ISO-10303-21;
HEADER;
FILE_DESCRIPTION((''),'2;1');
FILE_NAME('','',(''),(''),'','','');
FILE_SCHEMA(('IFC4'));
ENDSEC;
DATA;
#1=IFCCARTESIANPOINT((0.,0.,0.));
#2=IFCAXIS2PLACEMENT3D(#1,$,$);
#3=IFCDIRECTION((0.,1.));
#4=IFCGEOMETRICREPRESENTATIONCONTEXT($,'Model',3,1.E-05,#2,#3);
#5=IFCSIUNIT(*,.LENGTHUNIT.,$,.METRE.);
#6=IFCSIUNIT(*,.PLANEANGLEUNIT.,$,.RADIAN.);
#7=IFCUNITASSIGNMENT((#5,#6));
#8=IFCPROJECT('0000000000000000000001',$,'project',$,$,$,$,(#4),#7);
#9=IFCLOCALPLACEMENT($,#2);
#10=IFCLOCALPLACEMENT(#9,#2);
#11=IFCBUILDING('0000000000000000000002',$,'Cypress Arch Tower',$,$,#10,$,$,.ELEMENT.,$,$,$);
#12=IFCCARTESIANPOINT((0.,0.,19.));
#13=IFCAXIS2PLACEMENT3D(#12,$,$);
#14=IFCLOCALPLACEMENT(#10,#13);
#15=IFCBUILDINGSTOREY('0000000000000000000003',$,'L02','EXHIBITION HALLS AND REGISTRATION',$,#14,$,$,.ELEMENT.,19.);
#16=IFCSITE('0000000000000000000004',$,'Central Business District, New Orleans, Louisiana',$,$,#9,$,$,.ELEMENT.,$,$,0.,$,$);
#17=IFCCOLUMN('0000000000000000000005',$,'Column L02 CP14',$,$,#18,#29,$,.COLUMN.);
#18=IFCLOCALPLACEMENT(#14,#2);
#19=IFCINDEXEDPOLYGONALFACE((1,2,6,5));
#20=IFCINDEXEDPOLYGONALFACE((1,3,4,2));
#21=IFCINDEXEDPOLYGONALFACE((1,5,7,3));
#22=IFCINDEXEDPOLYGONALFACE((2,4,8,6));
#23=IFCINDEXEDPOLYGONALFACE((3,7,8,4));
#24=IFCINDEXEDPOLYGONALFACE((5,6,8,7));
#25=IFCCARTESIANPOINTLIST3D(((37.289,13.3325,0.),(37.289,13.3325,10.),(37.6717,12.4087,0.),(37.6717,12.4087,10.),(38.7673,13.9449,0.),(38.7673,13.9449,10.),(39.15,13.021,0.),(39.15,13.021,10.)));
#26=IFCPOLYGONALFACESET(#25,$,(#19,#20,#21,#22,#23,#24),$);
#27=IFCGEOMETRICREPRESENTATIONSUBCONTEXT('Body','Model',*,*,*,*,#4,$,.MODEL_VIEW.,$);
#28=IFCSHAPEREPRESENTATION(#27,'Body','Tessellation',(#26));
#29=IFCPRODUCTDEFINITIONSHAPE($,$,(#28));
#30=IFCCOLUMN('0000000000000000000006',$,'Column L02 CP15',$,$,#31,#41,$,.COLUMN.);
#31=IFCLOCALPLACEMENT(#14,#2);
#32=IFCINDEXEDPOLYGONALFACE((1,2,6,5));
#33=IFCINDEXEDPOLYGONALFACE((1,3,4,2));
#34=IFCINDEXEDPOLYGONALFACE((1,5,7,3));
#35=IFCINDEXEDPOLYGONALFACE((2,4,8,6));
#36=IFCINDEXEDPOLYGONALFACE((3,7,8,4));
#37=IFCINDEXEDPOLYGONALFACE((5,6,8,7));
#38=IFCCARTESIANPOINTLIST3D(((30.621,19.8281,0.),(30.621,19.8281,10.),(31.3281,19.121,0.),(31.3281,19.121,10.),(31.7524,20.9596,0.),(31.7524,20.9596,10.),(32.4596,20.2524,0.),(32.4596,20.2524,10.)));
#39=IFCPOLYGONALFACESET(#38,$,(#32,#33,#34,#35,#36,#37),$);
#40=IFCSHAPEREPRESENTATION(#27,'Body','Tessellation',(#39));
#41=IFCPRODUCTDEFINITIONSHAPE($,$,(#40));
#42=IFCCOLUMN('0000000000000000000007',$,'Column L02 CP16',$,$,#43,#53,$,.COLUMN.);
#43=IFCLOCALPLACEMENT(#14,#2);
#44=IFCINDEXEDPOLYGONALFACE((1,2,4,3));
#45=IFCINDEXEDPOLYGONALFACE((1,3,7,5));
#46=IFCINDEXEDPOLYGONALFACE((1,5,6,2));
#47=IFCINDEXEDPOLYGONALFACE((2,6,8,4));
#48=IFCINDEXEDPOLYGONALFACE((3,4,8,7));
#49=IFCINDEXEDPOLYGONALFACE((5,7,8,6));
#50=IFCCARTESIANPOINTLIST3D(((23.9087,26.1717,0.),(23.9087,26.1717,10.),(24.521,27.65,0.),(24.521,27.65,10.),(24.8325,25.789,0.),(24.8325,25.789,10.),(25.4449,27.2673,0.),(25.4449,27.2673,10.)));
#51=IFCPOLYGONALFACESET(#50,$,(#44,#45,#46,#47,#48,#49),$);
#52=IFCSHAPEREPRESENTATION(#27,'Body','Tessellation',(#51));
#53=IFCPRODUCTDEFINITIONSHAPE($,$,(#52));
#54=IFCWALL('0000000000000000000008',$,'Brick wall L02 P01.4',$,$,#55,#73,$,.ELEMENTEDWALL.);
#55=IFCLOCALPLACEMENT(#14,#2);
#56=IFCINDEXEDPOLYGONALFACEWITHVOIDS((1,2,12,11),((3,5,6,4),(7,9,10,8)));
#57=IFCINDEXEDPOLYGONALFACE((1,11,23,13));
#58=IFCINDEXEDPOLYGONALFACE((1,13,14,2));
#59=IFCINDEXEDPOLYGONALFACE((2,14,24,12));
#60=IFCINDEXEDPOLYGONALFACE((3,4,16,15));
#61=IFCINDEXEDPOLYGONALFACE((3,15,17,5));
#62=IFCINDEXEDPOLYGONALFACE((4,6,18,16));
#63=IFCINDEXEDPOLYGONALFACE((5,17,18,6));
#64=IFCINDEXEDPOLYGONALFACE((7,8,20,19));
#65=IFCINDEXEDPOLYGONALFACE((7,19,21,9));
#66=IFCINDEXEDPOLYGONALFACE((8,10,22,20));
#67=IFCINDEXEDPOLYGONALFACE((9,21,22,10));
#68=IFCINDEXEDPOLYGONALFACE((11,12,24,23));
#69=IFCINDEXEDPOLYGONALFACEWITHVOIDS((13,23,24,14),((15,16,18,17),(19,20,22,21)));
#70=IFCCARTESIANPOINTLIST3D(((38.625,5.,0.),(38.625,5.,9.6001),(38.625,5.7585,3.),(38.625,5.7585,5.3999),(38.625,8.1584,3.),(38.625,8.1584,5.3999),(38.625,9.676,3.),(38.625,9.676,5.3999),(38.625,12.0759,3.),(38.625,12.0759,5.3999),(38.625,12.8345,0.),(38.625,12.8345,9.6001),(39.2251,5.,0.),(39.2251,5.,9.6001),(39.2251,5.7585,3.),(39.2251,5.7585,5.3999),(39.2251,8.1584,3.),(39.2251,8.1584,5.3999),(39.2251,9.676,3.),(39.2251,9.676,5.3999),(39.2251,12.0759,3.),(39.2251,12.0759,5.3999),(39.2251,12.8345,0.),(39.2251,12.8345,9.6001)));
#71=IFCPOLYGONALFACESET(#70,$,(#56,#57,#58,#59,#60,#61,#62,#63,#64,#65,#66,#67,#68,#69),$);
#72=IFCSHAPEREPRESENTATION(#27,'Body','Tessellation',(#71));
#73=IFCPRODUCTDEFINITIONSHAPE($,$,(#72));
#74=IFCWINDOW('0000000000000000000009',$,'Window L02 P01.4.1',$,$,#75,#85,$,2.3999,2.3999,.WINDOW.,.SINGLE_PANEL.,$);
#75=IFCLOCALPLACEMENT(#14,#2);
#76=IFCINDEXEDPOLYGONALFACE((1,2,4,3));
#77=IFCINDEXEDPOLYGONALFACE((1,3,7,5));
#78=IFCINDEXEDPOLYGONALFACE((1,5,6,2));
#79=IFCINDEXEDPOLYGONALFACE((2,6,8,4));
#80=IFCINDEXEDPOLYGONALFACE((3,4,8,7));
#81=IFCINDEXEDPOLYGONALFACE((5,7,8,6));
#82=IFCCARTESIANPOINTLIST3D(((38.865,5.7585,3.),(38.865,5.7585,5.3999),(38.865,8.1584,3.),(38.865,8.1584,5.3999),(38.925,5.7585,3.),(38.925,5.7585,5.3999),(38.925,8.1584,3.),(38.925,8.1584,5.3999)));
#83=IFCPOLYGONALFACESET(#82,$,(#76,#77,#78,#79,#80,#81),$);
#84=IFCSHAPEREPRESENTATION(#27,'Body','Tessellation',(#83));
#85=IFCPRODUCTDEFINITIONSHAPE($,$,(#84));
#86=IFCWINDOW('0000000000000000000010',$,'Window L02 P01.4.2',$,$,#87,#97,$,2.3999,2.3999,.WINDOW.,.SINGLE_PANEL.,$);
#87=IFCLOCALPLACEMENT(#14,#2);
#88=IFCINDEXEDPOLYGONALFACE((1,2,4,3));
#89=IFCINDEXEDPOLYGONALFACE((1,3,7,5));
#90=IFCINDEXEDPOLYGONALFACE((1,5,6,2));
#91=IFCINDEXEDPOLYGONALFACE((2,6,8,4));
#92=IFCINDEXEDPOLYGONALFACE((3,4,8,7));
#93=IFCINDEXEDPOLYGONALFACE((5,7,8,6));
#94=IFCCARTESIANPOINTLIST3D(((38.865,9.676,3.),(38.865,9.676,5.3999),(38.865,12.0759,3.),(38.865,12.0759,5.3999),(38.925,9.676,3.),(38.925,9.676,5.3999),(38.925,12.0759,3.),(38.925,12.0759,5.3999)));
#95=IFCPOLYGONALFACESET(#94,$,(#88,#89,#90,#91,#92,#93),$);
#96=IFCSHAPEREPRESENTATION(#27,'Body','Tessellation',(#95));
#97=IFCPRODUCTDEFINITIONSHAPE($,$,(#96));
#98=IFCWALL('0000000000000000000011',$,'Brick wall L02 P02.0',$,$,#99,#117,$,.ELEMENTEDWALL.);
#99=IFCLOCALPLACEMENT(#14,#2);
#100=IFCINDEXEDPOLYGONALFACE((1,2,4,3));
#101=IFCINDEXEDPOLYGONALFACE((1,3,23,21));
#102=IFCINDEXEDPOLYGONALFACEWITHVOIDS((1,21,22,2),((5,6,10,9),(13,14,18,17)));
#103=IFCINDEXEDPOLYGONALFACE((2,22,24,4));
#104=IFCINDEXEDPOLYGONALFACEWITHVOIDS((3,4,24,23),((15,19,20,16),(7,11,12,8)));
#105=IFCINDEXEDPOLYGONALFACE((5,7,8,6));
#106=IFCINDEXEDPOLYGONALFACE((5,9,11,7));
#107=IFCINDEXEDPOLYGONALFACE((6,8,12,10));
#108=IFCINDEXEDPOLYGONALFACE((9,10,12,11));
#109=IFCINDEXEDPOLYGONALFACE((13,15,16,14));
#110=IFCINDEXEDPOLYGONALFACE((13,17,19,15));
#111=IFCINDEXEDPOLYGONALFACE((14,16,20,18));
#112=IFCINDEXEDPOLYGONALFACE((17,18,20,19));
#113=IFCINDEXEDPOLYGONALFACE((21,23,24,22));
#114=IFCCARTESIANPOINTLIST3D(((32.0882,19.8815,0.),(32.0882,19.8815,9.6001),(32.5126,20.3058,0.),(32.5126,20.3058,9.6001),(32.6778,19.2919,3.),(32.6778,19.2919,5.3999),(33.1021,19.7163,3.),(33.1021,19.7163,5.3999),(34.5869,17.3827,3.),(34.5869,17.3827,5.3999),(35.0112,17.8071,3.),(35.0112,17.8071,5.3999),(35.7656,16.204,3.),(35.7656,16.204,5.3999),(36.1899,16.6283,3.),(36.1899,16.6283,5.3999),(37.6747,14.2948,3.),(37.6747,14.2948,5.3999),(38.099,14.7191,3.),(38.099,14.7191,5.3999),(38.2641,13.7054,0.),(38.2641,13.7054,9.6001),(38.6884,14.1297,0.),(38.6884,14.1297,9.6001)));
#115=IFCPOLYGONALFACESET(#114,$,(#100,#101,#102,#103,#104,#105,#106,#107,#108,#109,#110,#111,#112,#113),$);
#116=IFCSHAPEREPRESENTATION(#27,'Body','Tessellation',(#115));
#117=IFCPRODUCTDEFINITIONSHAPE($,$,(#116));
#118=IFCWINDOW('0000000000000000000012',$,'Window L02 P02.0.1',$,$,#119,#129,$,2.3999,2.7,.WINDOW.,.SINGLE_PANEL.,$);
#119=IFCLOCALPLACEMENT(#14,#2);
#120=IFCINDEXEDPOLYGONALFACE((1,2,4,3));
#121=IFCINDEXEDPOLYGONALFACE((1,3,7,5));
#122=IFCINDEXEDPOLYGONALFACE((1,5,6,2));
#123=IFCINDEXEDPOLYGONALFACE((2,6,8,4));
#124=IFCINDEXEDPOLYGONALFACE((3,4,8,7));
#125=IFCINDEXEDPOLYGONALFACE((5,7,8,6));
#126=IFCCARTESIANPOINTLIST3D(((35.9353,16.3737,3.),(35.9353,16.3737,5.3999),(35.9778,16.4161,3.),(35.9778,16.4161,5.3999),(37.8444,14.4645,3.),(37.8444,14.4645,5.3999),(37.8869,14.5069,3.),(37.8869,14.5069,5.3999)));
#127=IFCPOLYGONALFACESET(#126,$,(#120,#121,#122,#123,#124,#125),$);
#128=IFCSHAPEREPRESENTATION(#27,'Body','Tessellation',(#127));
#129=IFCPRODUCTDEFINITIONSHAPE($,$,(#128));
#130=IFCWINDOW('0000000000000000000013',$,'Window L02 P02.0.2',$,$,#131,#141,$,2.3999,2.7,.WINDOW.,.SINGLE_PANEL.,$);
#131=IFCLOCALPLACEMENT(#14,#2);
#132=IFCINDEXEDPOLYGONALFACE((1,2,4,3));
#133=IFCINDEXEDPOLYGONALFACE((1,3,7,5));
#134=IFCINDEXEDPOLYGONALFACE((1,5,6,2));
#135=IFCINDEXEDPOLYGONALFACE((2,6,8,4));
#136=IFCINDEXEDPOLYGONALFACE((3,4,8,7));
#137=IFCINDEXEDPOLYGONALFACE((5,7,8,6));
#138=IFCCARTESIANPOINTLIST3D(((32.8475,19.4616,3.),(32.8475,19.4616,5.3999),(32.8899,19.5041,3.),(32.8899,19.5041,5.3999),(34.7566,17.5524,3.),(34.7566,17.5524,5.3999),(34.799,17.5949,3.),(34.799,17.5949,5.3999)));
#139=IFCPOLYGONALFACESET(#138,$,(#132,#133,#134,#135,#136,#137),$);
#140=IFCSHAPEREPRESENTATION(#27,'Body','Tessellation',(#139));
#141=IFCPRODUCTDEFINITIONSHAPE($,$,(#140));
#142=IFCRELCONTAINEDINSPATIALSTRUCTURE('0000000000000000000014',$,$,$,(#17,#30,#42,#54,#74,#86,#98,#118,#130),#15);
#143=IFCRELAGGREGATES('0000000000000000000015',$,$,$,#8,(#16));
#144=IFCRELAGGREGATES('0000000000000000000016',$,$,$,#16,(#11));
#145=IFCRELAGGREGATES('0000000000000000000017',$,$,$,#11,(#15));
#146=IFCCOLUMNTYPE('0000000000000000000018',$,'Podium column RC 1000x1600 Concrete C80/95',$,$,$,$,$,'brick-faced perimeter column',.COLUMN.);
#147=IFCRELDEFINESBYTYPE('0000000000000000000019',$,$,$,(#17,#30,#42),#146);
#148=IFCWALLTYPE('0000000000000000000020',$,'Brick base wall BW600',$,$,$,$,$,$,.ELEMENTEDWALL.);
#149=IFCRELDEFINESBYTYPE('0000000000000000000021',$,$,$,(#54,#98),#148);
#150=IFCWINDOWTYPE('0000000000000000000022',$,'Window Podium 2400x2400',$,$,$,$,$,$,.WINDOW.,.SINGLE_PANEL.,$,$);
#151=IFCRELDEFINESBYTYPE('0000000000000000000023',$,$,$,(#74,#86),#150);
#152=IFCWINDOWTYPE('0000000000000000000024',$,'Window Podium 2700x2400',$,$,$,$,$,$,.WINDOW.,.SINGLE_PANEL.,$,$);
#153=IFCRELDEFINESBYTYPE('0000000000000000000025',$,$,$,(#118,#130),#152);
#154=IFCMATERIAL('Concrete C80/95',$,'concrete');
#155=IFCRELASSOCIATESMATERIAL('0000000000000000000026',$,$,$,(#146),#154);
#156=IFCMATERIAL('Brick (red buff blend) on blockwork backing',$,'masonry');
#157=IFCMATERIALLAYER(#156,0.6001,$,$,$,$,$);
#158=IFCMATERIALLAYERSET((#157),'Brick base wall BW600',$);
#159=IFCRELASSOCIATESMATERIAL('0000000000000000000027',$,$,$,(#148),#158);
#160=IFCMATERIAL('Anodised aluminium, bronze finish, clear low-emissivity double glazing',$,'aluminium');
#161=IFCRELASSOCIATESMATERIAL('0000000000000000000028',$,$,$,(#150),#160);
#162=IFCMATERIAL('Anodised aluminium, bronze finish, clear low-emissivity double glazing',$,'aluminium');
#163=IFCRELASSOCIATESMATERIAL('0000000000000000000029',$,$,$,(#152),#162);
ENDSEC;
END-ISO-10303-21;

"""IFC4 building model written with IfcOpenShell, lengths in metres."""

from ifc_helpers import new_model, si_unit, direction, frame, frame_2d, origin, origin_2d, place, context, subcontext, project, spatial, rectangle, extrude, material, layer, layer_set, material_profile, profile_set, type_object, element, fill, save


model = new_model("IFC4")

# Units and contexts
model_context = context("Model", 3, precision=1e-05, world=origin(), true_north=direction((0.0, 1.0)))
body_context = subcontext(model_context, "Body", "Model", "MODEL_VIEW")
ifc_project = project(units=[si_unit("LENGTHUNIT", "METRE"), si_unit("PLANEANGLEUNIT", "RADIAN")], contexts=[model_context])

# Site, building, storey
site_placement = place(None, origin())
site = spatial("IfcSite", under=ifc_project, at=site_placement, Name="Central Business District, New Orleans, Louisiana", CompositionType="ELEMENT", RefElevation=0.0)
building_placement = place(site_placement, origin())
building = spatial("IfcBuilding", under=site, at=building_placement, Name="Cypress Arch Tower", CompositionType="ELEMENT")
storey_placement = place(building_placement, frame((0.0, 0.0, 19.0)))
storey = spatial("IfcBuildingStorey", under=building, at=storey_placement, Name="L02", Description="EXHIBITION HALLS AND REGISTRATION", CompositionType="ELEMENT", Elevation=19.0)

# Columns
ifc_material_1 = material(Name="Concrete C80/95", Category="concrete")
ifc_material_profile = material_profile(ifc_material_1, rectangle(XDim=1.0, YDim=1.6001, at=origin_2d()), Name="RC 1000x1600")
ifc_profile_set = profile_set([ifc_material_profile], Name="Concrete C80/95")
column_type = type_object("IfcColumnType", Name="Podium column RC 1000x1600 Concrete C80/95", ElementType="brick-faced perimeter column", PredefinedType="COLUMN", material=ifc_profile_set)
for number, where, z_axis, x_axis, name in (
    (1, (38.2195, 13.1768, 0.0), (0.0, 0.0, 1.0), (-0.382683, 0.92388, 0.0), "Column L02 CP14"),
    (2, (31.5403, 20.0403, 0.0), (0.0, 0.0, 1.0), (-0.707107, 0.707107, 0.0), "Column L02 CP15"),
    (3, (24.6768, 26.7195, 0.0), (0.0, 0.0, 1.0), (-0.92388, 0.382683, 0.0), "Column L02 CP16"),
):
    element("IfcColumn", number, at=place(storey_placement, frame(where, z_axis=z_axis, x_axis=x_axis)), inside=storey, type_object=column_type, Name=name, PredefinedType="COLUMN", context=body_context, shape_type="SweptSolid", body=[
        extrude(rectangle(XDim=1.0, YDim=1.6001, at=origin_2d()), origin(), (0.0, 0.0, 1.0), 10.0),
    ])

# Walls, openings, windows
ifc_material_2 = material(Name="Brick (red buff blend) on blockwork backing", Category="masonry")
ifc_layer_1 = layer(ifc_material_2, 0.6001)
ifc_layer_set_1 = layer_set([ifc_layer_1], Name="Brick base wall BW600")
wall_type_1 = type_object("IfcWallType", Name="Brick base wall BW600", PredefinedType="ELEMENTEDWALL", material=ifc_layer_set_1)
wall_1_placement = place(storey_placement, frame((38.925, 5.0, 0.0), z_axis=(0.0, 0.0, 1.0), x_axis=(0.0, 1.0, 0.0)))
wall_1 = element("IfcWall", 4, at=wall_1_placement, inside=storey, type_object=wall_type_1, Name="Brick wall L02 P01.4", PredefinedType="ELEMENTEDWALL", context=body_context, shape_type="SweptSolid", body=[
    extrude(rectangle(XDim=7.8345, YDim=0.6001, at=frame_2d((3.9172, 0.0))), origin(), (0.0, 0.0, 1.0), 9.6001),
])
opening_1_placement = place(wall_1_placement, frame((0.7585, 0.0, 3.0)))
opening_1 = element("IfcOpeningElement", 5, at=opening_1_placement, cuts=wall_1, PredefinedType="OPENING", context=body_context, shape_type="SweptSolid", body=[
    extrude(rectangle(XDim=2.3999, YDim=2.3999, at=frame_2d((1.2, 1.2))), frame((0.0, 0.3101, 0.0), z_axis=(0.0, -1.0, 0.0), x_axis=(1.0, 0.0, 0.0)), (0.0, 0.0, 1.0), 0.6201),
])
opening_2_placement = place(wall_1_placement, frame((4.676, 0.0, 3.0)))
opening_2 = element("IfcOpeningElement", 6, at=opening_2_placement, cuts=wall_1, PredefinedType="OPENING", context=body_context, shape_type="SweptSolid", body=[
    extrude(rectangle(XDim=2.3999, YDim=2.3999, at=frame_2d((1.2, 1.2))), frame((0.0, 0.3101, 0.0), z_axis=(0.0, -1.0, 0.0), x_axis=(1.0, 0.0, 0.0)), (0.0, 0.0, 1.0), 0.6201),
])
ifc_material_3 = material(Name="Anodised aluminium, bronze finish, clear low-emissivity double glazing", Category="aluminium")
window_type_1 = type_object("IfcWindowType", Name="Window Podium 2400x2400", PartitioningType="SINGLE_PANEL", PredefinedType="WINDOW", material=ifc_material_3)
window_1_placement = place(opening_1_placement, origin())
window_1 = element("IfcWindow", 7, at=window_1_placement, inside=storey, type_object=window_type_1, Name="Window L02 P01.4.1", OverallHeight=2.3999, OverallWidth=2.3999, PartitioningType="SINGLE_PANEL", PredefinedType="WINDOW", context=body_context, shape_type="SweptSolid", body=[
    extrude(rectangle(XDim=2.3999, YDim=2.3999, at=frame_2d((1.2, 1.2))), frame((0.0, 0.0601, 0.0), z_axis=(0.0, -1.0, 0.0), x_axis=(1.0, 0.0, 0.0)), (0.0, 0.0, 1.0), 0.0601),
])
fill(opening_1, window_1)
window_2_placement = place(opening_2_placement, origin())
window_2 = element("IfcWindow", 8, at=window_2_placement, inside=storey, type_object=window_type_1, Name="Window L02 P01.4.2", OverallHeight=2.3999, OverallWidth=2.3999, PartitioningType="SINGLE_PANEL", PredefinedType="WINDOW", context=body_context, shape_type="SweptSolid", body=[
    extrude(rectangle(XDim=2.3999, YDim=2.3999, at=frame_2d((1.2, 1.2))), frame((0.0, 0.0601, 0.0), z_axis=(0.0, -1.0, 0.0), x_axis=(1.0, 0.0, 0.0)), (0.0, 0.0, 1.0), 0.0601),
])
fill(opening_2, window_2)
wall_2_placement = place(storey_placement, frame((38.4763, 13.9175, 0.0), z_axis=(0.0, 0.0, 1.0), x_axis=(-0.707093, 0.707121, 0.0)))
wall_2 = element("IfcWall", 9, at=wall_2_placement, inside=storey, type_object=wall_type_1, Name="Brick wall L02 P02.0", PredefinedType="ELEMENTEDWALL", context=body_context, shape_type="SweptSolid", body=[
    extrude(rectangle(XDim=8.7341, YDim=0.6001, at=frame_2d((4.3672, 0.0))), origin(), (0.0, 0.0, 1.0), 9.6001),
])
opening_3_placement = place(wall_2_placement, frame((0.8335, 0.0, 3.0)))
opening_3 = element("IfcOpeningElement", 10, at=opening_3_placement, cuts=wall_2, PredefinedType="OPENING", context=body_context, shape_type="SweptSolid", body=[
    extrude(rectangle(XDim=2.7, YDim=2.3999, at=frame_2d((1.3501, 1.2))), frame((0.0, 0.3101, 0.0), z_axis=(0.0, -1.0, 0.0), x_axis=(1.0, 0.0, 0.0)), (0.0, 0.0, 1.0), 0.6201),
])
opening_4_placement = place(wall_2_placement, frame((5.2004, 0.0, 3.0)))
opening_4 = element("IfcOpeningElement", 11, at=opening_4_placement, cuts=wall_2, PredefinedType="OPENING", context=body_context, shape_type="SweptSolid", body=[
    extrude(rectangle(XDim=2.7, YDim=2.3999, at=frame_2d((1.3501, 1.2))), frame((0.0, 0.3101, 0.0), z_axis=(0.0, -1.0, 0.0), x_axis=(1.0, 0.0, 0.0)), (0.0, 0.0, 1.0), 0.6201),
])
ifc_material_4 = material(Name="Anodised aluminium, bronze finish, clear low-emissivity double glazing", Category="aluminium")
window_type_2 = type_object("IfcWindowType", Name="Window Podium 2700x2400", PartitioningType="SINGLE_PANEL", PredefinedType="WINDOW", material=ifc_material_4)
window_3_placement = place(opening_3_placement, origin())
window_3 = element("IfcWindow", 12, at=window_3_placement, inside=storey, type_object=window_type_2, Name="Window L02 P02.0.1", OverallHeight=2.3999, OverallWidth=2.7, PartitioningType="SINGLE_PANEL", PredefinedType="WINDOW", context=body_context, shape_type="SweptSolid", body=[
    extrude(rectangle(XDim=2.7, YDim=2.3999, at=frame_2d((1.3501, 1.2))), frame((0.0, 0.0601, 0.0), z_axis=(0.0, -1.0, 0.0), x_axis=(1.0, 0.0, 0.0)), (0.0, 0.0, 1.0), 0.0601),
])
fill(opening_3, window_3)
window_4_placement = place(opening_4_placement, origin())
window_4 = element("IfcWindow", 13, at=window_4_placement, inside=storey, type_object=window_type_2, Name="Window L02 P02.0.2", OverallHeight=2.3999, OverallWidth=2.7, PartitioningType="SINGLE_PANEL", PredefinedType="WINDOW", context=body_context, shape_type="SweptSolid", body=[
    extrude(rectangle(XDim=2.7, YDim=2.3999, at=frame_2d((1.3501, 1.2))), frame((0.0, 0.0601, 0.0), z_axis=(0.0, -1.0, 0.0), x_axis=(1.0, 0.0, 0.0)), (0.0, 0.0, 1.0), 0.0601),
])
fill(opening_4, window_4)

save(model, "model.ifc")
